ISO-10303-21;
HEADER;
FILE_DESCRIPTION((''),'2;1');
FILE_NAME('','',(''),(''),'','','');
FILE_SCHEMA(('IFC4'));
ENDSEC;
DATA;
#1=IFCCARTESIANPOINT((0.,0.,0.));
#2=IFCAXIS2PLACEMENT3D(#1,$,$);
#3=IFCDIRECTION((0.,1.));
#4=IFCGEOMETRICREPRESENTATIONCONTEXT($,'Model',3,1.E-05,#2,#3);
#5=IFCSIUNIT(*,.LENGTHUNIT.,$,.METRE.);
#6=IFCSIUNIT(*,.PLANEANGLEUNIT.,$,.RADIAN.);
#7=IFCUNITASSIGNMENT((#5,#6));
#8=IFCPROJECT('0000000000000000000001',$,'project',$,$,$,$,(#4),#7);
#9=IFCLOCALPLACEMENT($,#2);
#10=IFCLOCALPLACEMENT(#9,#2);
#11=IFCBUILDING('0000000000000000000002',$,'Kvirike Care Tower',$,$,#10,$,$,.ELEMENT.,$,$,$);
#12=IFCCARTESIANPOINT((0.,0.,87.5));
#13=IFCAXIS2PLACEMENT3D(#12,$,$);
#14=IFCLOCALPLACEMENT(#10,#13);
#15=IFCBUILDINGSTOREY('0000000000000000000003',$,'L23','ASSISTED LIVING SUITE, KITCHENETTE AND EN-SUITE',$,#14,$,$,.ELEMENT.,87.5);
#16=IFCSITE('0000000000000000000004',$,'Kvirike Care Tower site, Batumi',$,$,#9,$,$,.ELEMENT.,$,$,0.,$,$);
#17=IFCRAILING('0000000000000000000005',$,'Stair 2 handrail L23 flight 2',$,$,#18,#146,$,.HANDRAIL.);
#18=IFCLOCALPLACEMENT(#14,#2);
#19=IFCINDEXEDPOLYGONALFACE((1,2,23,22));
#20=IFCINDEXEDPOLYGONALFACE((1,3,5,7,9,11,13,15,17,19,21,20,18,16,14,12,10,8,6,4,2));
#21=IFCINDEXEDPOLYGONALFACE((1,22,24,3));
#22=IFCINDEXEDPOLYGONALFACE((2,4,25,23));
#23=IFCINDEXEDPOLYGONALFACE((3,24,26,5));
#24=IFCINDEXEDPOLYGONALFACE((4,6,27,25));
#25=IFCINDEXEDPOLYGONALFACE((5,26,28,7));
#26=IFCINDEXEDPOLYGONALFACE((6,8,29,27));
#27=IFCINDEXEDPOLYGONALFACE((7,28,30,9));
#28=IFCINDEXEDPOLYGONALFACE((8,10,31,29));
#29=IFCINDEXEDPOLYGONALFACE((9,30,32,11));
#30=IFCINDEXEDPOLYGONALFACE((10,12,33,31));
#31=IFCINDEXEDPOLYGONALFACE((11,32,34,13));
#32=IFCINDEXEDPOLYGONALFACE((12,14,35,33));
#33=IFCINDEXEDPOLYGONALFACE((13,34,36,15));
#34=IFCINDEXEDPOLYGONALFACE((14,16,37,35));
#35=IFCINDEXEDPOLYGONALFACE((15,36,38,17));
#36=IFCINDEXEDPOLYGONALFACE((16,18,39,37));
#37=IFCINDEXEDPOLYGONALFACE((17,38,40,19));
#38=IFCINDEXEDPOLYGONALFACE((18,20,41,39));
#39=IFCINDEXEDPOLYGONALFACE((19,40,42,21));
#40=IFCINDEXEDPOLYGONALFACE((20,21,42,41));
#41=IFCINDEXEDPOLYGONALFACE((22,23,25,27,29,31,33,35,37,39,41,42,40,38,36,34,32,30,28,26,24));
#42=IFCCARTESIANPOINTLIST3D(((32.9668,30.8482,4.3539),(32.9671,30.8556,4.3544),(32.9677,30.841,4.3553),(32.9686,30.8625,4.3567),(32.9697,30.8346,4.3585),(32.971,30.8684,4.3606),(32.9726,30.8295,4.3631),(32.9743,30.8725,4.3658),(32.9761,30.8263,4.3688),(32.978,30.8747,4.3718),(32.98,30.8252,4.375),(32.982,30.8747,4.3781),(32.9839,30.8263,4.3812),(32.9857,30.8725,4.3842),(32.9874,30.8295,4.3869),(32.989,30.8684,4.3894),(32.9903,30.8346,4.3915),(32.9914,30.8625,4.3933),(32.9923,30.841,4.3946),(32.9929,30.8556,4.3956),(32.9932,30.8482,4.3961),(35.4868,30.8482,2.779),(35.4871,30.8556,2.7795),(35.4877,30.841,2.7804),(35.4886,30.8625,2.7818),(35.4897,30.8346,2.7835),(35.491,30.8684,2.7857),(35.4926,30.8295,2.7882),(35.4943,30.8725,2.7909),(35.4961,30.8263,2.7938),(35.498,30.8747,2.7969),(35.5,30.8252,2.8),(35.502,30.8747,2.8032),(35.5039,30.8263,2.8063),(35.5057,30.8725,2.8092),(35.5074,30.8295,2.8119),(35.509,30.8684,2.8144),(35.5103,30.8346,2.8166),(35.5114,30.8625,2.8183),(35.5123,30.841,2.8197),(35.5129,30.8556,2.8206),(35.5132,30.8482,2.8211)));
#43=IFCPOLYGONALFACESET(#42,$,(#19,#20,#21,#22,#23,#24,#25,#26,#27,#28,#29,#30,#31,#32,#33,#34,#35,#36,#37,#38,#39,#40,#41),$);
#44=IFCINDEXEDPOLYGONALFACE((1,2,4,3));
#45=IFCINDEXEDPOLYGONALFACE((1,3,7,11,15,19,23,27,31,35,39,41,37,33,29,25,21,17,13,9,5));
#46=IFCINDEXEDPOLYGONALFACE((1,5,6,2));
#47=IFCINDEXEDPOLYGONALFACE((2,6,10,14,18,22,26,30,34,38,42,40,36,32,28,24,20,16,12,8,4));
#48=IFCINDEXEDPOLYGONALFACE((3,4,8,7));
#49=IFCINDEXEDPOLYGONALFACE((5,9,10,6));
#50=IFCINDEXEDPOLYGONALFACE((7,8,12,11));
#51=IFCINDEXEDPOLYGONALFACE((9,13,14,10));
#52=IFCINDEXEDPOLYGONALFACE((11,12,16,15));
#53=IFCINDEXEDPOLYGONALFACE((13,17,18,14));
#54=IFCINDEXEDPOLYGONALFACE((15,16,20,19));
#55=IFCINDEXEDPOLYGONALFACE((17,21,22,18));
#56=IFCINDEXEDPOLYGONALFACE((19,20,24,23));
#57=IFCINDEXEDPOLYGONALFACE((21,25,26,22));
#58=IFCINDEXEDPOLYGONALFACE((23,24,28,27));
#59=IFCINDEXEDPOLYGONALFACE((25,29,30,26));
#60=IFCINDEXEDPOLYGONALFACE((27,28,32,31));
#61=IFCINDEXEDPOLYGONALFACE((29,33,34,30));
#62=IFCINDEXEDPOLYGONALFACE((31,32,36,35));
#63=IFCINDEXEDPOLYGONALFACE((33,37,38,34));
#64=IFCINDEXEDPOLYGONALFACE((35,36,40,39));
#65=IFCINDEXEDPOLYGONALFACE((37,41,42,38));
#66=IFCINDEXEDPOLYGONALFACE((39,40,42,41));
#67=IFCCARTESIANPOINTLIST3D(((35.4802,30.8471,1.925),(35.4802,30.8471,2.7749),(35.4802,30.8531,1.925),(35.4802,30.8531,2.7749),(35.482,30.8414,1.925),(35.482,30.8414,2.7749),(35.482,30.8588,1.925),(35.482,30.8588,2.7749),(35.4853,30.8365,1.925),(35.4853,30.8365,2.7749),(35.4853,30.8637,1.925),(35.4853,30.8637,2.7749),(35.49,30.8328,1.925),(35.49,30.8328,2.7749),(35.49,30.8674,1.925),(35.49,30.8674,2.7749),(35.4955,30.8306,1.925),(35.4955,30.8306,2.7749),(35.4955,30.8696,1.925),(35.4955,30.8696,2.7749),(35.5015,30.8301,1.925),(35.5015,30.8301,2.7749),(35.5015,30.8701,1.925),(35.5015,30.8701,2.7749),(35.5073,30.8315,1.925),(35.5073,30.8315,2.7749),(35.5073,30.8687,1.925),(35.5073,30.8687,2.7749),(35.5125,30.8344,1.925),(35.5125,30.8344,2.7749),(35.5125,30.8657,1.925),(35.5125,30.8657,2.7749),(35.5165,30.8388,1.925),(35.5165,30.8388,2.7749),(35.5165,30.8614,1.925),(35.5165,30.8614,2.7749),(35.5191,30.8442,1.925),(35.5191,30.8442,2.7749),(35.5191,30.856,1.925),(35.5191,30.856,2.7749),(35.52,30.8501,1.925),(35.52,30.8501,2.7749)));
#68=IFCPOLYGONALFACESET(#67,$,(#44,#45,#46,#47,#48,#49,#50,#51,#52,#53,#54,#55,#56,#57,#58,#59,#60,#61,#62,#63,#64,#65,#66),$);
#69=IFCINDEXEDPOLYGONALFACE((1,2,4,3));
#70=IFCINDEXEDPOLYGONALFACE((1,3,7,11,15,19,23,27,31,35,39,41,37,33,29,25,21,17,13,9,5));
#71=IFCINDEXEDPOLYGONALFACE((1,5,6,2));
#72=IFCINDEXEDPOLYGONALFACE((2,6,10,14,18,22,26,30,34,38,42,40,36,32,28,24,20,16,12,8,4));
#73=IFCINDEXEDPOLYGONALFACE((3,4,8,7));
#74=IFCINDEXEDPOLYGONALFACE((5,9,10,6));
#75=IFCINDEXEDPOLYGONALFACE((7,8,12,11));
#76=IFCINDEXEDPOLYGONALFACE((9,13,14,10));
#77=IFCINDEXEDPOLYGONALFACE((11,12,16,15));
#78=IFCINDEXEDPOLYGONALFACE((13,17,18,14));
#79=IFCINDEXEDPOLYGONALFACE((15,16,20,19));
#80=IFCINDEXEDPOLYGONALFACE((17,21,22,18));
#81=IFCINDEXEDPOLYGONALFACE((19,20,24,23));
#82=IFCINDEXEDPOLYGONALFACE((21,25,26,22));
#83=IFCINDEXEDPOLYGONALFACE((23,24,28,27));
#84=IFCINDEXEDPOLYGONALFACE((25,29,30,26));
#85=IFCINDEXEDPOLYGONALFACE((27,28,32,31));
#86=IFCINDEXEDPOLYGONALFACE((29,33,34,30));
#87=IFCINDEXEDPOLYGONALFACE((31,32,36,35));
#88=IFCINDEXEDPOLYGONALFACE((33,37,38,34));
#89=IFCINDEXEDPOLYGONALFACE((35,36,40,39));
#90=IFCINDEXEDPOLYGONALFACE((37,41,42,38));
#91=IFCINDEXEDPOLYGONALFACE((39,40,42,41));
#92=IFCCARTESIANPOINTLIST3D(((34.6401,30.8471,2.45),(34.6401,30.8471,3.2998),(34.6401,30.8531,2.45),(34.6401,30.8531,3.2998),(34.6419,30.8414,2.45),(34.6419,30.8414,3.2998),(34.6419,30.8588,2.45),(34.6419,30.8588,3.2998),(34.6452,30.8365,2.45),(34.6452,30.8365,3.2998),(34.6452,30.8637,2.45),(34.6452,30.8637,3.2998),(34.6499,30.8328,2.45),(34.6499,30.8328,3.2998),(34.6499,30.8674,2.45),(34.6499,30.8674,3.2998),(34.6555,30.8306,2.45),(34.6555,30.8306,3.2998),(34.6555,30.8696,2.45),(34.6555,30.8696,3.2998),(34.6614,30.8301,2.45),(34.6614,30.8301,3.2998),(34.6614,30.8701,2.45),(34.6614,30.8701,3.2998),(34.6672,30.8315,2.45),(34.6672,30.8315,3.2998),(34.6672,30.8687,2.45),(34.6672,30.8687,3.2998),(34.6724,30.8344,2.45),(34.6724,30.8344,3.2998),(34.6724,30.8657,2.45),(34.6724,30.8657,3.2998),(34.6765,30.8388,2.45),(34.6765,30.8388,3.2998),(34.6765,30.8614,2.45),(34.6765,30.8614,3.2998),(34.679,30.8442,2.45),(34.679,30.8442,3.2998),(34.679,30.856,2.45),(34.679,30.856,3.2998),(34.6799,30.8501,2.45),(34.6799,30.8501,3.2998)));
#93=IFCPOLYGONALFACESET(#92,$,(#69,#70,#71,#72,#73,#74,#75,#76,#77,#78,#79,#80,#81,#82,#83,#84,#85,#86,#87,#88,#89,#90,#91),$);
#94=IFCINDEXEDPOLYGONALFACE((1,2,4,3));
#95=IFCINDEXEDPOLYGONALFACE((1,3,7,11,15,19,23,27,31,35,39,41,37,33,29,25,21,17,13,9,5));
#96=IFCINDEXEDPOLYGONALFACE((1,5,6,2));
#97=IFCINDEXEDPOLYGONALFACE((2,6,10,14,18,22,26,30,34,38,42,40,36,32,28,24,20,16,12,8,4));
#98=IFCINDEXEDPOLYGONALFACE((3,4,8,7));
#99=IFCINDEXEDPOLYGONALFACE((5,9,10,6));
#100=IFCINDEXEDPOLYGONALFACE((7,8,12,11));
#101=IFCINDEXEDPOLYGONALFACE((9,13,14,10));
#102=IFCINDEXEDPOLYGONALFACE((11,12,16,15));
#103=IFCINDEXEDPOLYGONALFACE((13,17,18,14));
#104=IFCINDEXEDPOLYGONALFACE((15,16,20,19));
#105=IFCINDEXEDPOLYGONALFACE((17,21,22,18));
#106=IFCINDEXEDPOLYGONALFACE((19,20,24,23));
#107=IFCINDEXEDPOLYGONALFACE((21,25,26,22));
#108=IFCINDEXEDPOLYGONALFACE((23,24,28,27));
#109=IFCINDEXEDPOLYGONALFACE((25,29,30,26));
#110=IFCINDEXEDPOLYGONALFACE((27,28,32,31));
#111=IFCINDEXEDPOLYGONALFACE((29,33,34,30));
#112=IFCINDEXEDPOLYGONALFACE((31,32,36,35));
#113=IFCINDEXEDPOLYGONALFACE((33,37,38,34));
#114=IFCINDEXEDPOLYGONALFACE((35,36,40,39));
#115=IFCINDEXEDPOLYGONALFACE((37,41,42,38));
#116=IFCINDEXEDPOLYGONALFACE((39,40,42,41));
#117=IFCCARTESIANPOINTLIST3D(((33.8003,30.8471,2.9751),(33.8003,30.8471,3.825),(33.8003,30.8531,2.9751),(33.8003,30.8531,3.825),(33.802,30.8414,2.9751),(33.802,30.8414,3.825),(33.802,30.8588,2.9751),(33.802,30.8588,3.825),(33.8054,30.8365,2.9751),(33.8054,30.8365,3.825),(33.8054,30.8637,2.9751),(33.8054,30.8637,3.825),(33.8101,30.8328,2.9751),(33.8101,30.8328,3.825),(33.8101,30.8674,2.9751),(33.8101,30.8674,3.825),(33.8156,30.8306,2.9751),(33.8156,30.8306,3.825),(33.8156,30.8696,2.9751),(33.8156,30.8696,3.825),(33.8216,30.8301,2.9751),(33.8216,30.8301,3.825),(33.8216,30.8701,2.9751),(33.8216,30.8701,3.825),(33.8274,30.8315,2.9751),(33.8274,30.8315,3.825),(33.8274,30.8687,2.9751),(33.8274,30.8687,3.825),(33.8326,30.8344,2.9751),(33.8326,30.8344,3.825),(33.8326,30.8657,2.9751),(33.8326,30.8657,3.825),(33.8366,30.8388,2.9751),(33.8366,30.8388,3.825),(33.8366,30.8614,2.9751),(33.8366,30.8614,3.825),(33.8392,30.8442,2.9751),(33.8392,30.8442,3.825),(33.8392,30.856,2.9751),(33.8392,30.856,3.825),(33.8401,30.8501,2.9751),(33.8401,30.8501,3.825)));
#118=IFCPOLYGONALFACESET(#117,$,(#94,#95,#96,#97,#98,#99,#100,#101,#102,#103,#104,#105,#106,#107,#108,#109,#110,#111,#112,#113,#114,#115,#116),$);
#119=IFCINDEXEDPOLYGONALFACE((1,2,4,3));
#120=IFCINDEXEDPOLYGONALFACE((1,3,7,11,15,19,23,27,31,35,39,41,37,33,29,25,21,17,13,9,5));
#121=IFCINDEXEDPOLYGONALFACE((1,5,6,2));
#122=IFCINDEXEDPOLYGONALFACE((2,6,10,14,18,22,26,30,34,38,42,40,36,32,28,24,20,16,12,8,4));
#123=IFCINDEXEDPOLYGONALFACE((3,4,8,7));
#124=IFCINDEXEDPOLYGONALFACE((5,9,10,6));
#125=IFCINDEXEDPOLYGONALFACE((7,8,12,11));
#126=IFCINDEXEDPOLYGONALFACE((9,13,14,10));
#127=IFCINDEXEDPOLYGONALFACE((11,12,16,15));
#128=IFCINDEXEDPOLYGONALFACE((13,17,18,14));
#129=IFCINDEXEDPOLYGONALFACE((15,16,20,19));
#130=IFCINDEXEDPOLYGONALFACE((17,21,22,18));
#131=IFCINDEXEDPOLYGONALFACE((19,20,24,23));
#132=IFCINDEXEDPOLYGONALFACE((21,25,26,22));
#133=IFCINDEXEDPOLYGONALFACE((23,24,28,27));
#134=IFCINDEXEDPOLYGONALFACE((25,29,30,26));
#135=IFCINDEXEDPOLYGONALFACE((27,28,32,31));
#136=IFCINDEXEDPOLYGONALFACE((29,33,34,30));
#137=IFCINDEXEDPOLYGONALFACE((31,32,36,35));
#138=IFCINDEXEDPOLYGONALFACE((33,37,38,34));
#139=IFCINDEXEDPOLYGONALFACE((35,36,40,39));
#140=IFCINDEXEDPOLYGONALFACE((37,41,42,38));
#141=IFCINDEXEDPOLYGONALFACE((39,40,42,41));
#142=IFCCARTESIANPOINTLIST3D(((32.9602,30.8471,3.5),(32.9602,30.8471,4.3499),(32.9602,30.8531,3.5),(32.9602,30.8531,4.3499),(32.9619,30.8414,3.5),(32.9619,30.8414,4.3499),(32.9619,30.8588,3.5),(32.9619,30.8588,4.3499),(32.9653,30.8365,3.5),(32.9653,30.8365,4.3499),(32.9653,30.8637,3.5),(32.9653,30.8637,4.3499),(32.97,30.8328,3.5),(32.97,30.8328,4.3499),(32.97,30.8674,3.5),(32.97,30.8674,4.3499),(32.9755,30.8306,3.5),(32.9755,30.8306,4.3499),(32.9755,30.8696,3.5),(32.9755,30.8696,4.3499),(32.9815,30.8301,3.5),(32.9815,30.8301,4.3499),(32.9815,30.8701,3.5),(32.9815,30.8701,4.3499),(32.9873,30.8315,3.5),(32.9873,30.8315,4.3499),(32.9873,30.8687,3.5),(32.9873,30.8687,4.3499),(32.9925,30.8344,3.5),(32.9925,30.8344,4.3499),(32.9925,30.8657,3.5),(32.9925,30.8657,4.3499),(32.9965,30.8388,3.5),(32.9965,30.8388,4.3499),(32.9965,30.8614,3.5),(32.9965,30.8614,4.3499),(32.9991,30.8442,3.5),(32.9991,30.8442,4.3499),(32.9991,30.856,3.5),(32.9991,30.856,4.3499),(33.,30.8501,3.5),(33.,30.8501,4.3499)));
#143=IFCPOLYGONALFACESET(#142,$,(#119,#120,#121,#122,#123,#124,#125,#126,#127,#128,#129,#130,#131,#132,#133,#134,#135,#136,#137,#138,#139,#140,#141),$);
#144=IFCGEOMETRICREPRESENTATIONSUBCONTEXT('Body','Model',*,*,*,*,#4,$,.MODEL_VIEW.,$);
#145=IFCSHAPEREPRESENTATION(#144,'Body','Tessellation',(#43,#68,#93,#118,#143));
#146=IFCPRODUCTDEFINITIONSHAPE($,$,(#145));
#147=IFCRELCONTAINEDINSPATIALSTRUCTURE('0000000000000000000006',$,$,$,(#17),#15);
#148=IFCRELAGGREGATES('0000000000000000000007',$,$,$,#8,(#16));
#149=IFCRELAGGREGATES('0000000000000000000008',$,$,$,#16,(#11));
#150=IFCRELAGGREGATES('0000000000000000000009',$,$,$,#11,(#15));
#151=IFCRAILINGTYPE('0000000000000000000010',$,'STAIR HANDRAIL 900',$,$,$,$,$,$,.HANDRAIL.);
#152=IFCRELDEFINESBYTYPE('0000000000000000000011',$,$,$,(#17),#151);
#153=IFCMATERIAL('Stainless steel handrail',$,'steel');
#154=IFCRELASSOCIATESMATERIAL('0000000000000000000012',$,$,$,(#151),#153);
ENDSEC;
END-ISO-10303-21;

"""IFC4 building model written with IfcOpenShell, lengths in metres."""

from ifc_helpers import new_model, si_unit, direction, frame, origin, origin_2d, place, context, subcontext, project, spatial, circle, extrude, material, type_object, element, save


model = new_model("IFC4")

# Units and contexts
model_context = context("Model", 3, precision=1e-05, world=origin(), true_north=direction((0.0, 1.0)))
body_context = subcontext(model_context, "Body", "Model", "MODEL_VIEW")
ifc_project = project(units=[si_unit("LENGTHUNIT", "METRE"), si_unit("PLANEANGLEUNIT", "RADIAN")], contexts=[model_context])

# Site, building, storey
site_placement = place(None, origin())
site = spatial("IfcSite", under=ifc_project, at=site_placement, Name="Kvirike Care Tower site, Batumi", CompositionType="ELEMENT", RefElevation=0.0)
building_placement = place(site_placement, origin())
building = spatial("IfcBuilding", under=site, at=building_placement, Name="Kvirike Care Tower", CompositionType="ELEMENT")
storey_placement = place(building_placement, frame((0.0, 0.0, 87.5)))
storey = spatial("IfcBuildingStorey", under=building, at=storey_placement, Name="L23", Description="ASSISTED LIVING SUITE, KITCHENETTE AND EN-SUITE", CompositionType="ELEMENT", Elevation=87.5)

# Railing
ifc_material_1 = material(Name="Stainless steel handrail", Category="steel")
railing_type = type_object("IfcRailingType", Name="STAIR HANDRAIL 900", PredefinedType="HANDRAIL", material=ifc_material_1)
railing_1_placement = place(storey_placement, frame((35.5, 30.8501, 1.925)))
element("IfcRailing", 1, at=railing_1_placement, inside=storey, type_object=railing_type, Name="Stair 2 handrail L23 flight 2", PredefinedType="HANDRAIL", context=body_context, shape_type="SweptSolid", body=[
    extrude(circle(Radius=0.0249, at=origin_2d()), frame((0.0, 0.0, 0.875), z_axis=(-0.848008, 0.0, 0.529984), x_axis=(0.0, -1.0, 0.0)), (0.0, 0.0, 1.0), 2.9717),
    extrude(circle(Radius=0.02, at=origin_2d()), origin(), (0.0, 0.0, 1.0), 0.8499),
    extrude(circle(Radius=0.02, at=origin_2d()), frame((-0.8401, 0.0, 0.5249)), (0.0, 0.0, 1.0), 0.8499),
    extrude(circle(Radius=0.02, at=origin_2d()), frame((-1.6799, 0.0, 1.05)), (0.0, 0.0, 1.0), 0.8499),
    extrude(circle(Radius=0.02, at=origin_2d()), frame((-2.52, 0.0, 1.575)), (0.0, 0.0, 1.0), 0.8499),
])

save(model, "model.ifc")
